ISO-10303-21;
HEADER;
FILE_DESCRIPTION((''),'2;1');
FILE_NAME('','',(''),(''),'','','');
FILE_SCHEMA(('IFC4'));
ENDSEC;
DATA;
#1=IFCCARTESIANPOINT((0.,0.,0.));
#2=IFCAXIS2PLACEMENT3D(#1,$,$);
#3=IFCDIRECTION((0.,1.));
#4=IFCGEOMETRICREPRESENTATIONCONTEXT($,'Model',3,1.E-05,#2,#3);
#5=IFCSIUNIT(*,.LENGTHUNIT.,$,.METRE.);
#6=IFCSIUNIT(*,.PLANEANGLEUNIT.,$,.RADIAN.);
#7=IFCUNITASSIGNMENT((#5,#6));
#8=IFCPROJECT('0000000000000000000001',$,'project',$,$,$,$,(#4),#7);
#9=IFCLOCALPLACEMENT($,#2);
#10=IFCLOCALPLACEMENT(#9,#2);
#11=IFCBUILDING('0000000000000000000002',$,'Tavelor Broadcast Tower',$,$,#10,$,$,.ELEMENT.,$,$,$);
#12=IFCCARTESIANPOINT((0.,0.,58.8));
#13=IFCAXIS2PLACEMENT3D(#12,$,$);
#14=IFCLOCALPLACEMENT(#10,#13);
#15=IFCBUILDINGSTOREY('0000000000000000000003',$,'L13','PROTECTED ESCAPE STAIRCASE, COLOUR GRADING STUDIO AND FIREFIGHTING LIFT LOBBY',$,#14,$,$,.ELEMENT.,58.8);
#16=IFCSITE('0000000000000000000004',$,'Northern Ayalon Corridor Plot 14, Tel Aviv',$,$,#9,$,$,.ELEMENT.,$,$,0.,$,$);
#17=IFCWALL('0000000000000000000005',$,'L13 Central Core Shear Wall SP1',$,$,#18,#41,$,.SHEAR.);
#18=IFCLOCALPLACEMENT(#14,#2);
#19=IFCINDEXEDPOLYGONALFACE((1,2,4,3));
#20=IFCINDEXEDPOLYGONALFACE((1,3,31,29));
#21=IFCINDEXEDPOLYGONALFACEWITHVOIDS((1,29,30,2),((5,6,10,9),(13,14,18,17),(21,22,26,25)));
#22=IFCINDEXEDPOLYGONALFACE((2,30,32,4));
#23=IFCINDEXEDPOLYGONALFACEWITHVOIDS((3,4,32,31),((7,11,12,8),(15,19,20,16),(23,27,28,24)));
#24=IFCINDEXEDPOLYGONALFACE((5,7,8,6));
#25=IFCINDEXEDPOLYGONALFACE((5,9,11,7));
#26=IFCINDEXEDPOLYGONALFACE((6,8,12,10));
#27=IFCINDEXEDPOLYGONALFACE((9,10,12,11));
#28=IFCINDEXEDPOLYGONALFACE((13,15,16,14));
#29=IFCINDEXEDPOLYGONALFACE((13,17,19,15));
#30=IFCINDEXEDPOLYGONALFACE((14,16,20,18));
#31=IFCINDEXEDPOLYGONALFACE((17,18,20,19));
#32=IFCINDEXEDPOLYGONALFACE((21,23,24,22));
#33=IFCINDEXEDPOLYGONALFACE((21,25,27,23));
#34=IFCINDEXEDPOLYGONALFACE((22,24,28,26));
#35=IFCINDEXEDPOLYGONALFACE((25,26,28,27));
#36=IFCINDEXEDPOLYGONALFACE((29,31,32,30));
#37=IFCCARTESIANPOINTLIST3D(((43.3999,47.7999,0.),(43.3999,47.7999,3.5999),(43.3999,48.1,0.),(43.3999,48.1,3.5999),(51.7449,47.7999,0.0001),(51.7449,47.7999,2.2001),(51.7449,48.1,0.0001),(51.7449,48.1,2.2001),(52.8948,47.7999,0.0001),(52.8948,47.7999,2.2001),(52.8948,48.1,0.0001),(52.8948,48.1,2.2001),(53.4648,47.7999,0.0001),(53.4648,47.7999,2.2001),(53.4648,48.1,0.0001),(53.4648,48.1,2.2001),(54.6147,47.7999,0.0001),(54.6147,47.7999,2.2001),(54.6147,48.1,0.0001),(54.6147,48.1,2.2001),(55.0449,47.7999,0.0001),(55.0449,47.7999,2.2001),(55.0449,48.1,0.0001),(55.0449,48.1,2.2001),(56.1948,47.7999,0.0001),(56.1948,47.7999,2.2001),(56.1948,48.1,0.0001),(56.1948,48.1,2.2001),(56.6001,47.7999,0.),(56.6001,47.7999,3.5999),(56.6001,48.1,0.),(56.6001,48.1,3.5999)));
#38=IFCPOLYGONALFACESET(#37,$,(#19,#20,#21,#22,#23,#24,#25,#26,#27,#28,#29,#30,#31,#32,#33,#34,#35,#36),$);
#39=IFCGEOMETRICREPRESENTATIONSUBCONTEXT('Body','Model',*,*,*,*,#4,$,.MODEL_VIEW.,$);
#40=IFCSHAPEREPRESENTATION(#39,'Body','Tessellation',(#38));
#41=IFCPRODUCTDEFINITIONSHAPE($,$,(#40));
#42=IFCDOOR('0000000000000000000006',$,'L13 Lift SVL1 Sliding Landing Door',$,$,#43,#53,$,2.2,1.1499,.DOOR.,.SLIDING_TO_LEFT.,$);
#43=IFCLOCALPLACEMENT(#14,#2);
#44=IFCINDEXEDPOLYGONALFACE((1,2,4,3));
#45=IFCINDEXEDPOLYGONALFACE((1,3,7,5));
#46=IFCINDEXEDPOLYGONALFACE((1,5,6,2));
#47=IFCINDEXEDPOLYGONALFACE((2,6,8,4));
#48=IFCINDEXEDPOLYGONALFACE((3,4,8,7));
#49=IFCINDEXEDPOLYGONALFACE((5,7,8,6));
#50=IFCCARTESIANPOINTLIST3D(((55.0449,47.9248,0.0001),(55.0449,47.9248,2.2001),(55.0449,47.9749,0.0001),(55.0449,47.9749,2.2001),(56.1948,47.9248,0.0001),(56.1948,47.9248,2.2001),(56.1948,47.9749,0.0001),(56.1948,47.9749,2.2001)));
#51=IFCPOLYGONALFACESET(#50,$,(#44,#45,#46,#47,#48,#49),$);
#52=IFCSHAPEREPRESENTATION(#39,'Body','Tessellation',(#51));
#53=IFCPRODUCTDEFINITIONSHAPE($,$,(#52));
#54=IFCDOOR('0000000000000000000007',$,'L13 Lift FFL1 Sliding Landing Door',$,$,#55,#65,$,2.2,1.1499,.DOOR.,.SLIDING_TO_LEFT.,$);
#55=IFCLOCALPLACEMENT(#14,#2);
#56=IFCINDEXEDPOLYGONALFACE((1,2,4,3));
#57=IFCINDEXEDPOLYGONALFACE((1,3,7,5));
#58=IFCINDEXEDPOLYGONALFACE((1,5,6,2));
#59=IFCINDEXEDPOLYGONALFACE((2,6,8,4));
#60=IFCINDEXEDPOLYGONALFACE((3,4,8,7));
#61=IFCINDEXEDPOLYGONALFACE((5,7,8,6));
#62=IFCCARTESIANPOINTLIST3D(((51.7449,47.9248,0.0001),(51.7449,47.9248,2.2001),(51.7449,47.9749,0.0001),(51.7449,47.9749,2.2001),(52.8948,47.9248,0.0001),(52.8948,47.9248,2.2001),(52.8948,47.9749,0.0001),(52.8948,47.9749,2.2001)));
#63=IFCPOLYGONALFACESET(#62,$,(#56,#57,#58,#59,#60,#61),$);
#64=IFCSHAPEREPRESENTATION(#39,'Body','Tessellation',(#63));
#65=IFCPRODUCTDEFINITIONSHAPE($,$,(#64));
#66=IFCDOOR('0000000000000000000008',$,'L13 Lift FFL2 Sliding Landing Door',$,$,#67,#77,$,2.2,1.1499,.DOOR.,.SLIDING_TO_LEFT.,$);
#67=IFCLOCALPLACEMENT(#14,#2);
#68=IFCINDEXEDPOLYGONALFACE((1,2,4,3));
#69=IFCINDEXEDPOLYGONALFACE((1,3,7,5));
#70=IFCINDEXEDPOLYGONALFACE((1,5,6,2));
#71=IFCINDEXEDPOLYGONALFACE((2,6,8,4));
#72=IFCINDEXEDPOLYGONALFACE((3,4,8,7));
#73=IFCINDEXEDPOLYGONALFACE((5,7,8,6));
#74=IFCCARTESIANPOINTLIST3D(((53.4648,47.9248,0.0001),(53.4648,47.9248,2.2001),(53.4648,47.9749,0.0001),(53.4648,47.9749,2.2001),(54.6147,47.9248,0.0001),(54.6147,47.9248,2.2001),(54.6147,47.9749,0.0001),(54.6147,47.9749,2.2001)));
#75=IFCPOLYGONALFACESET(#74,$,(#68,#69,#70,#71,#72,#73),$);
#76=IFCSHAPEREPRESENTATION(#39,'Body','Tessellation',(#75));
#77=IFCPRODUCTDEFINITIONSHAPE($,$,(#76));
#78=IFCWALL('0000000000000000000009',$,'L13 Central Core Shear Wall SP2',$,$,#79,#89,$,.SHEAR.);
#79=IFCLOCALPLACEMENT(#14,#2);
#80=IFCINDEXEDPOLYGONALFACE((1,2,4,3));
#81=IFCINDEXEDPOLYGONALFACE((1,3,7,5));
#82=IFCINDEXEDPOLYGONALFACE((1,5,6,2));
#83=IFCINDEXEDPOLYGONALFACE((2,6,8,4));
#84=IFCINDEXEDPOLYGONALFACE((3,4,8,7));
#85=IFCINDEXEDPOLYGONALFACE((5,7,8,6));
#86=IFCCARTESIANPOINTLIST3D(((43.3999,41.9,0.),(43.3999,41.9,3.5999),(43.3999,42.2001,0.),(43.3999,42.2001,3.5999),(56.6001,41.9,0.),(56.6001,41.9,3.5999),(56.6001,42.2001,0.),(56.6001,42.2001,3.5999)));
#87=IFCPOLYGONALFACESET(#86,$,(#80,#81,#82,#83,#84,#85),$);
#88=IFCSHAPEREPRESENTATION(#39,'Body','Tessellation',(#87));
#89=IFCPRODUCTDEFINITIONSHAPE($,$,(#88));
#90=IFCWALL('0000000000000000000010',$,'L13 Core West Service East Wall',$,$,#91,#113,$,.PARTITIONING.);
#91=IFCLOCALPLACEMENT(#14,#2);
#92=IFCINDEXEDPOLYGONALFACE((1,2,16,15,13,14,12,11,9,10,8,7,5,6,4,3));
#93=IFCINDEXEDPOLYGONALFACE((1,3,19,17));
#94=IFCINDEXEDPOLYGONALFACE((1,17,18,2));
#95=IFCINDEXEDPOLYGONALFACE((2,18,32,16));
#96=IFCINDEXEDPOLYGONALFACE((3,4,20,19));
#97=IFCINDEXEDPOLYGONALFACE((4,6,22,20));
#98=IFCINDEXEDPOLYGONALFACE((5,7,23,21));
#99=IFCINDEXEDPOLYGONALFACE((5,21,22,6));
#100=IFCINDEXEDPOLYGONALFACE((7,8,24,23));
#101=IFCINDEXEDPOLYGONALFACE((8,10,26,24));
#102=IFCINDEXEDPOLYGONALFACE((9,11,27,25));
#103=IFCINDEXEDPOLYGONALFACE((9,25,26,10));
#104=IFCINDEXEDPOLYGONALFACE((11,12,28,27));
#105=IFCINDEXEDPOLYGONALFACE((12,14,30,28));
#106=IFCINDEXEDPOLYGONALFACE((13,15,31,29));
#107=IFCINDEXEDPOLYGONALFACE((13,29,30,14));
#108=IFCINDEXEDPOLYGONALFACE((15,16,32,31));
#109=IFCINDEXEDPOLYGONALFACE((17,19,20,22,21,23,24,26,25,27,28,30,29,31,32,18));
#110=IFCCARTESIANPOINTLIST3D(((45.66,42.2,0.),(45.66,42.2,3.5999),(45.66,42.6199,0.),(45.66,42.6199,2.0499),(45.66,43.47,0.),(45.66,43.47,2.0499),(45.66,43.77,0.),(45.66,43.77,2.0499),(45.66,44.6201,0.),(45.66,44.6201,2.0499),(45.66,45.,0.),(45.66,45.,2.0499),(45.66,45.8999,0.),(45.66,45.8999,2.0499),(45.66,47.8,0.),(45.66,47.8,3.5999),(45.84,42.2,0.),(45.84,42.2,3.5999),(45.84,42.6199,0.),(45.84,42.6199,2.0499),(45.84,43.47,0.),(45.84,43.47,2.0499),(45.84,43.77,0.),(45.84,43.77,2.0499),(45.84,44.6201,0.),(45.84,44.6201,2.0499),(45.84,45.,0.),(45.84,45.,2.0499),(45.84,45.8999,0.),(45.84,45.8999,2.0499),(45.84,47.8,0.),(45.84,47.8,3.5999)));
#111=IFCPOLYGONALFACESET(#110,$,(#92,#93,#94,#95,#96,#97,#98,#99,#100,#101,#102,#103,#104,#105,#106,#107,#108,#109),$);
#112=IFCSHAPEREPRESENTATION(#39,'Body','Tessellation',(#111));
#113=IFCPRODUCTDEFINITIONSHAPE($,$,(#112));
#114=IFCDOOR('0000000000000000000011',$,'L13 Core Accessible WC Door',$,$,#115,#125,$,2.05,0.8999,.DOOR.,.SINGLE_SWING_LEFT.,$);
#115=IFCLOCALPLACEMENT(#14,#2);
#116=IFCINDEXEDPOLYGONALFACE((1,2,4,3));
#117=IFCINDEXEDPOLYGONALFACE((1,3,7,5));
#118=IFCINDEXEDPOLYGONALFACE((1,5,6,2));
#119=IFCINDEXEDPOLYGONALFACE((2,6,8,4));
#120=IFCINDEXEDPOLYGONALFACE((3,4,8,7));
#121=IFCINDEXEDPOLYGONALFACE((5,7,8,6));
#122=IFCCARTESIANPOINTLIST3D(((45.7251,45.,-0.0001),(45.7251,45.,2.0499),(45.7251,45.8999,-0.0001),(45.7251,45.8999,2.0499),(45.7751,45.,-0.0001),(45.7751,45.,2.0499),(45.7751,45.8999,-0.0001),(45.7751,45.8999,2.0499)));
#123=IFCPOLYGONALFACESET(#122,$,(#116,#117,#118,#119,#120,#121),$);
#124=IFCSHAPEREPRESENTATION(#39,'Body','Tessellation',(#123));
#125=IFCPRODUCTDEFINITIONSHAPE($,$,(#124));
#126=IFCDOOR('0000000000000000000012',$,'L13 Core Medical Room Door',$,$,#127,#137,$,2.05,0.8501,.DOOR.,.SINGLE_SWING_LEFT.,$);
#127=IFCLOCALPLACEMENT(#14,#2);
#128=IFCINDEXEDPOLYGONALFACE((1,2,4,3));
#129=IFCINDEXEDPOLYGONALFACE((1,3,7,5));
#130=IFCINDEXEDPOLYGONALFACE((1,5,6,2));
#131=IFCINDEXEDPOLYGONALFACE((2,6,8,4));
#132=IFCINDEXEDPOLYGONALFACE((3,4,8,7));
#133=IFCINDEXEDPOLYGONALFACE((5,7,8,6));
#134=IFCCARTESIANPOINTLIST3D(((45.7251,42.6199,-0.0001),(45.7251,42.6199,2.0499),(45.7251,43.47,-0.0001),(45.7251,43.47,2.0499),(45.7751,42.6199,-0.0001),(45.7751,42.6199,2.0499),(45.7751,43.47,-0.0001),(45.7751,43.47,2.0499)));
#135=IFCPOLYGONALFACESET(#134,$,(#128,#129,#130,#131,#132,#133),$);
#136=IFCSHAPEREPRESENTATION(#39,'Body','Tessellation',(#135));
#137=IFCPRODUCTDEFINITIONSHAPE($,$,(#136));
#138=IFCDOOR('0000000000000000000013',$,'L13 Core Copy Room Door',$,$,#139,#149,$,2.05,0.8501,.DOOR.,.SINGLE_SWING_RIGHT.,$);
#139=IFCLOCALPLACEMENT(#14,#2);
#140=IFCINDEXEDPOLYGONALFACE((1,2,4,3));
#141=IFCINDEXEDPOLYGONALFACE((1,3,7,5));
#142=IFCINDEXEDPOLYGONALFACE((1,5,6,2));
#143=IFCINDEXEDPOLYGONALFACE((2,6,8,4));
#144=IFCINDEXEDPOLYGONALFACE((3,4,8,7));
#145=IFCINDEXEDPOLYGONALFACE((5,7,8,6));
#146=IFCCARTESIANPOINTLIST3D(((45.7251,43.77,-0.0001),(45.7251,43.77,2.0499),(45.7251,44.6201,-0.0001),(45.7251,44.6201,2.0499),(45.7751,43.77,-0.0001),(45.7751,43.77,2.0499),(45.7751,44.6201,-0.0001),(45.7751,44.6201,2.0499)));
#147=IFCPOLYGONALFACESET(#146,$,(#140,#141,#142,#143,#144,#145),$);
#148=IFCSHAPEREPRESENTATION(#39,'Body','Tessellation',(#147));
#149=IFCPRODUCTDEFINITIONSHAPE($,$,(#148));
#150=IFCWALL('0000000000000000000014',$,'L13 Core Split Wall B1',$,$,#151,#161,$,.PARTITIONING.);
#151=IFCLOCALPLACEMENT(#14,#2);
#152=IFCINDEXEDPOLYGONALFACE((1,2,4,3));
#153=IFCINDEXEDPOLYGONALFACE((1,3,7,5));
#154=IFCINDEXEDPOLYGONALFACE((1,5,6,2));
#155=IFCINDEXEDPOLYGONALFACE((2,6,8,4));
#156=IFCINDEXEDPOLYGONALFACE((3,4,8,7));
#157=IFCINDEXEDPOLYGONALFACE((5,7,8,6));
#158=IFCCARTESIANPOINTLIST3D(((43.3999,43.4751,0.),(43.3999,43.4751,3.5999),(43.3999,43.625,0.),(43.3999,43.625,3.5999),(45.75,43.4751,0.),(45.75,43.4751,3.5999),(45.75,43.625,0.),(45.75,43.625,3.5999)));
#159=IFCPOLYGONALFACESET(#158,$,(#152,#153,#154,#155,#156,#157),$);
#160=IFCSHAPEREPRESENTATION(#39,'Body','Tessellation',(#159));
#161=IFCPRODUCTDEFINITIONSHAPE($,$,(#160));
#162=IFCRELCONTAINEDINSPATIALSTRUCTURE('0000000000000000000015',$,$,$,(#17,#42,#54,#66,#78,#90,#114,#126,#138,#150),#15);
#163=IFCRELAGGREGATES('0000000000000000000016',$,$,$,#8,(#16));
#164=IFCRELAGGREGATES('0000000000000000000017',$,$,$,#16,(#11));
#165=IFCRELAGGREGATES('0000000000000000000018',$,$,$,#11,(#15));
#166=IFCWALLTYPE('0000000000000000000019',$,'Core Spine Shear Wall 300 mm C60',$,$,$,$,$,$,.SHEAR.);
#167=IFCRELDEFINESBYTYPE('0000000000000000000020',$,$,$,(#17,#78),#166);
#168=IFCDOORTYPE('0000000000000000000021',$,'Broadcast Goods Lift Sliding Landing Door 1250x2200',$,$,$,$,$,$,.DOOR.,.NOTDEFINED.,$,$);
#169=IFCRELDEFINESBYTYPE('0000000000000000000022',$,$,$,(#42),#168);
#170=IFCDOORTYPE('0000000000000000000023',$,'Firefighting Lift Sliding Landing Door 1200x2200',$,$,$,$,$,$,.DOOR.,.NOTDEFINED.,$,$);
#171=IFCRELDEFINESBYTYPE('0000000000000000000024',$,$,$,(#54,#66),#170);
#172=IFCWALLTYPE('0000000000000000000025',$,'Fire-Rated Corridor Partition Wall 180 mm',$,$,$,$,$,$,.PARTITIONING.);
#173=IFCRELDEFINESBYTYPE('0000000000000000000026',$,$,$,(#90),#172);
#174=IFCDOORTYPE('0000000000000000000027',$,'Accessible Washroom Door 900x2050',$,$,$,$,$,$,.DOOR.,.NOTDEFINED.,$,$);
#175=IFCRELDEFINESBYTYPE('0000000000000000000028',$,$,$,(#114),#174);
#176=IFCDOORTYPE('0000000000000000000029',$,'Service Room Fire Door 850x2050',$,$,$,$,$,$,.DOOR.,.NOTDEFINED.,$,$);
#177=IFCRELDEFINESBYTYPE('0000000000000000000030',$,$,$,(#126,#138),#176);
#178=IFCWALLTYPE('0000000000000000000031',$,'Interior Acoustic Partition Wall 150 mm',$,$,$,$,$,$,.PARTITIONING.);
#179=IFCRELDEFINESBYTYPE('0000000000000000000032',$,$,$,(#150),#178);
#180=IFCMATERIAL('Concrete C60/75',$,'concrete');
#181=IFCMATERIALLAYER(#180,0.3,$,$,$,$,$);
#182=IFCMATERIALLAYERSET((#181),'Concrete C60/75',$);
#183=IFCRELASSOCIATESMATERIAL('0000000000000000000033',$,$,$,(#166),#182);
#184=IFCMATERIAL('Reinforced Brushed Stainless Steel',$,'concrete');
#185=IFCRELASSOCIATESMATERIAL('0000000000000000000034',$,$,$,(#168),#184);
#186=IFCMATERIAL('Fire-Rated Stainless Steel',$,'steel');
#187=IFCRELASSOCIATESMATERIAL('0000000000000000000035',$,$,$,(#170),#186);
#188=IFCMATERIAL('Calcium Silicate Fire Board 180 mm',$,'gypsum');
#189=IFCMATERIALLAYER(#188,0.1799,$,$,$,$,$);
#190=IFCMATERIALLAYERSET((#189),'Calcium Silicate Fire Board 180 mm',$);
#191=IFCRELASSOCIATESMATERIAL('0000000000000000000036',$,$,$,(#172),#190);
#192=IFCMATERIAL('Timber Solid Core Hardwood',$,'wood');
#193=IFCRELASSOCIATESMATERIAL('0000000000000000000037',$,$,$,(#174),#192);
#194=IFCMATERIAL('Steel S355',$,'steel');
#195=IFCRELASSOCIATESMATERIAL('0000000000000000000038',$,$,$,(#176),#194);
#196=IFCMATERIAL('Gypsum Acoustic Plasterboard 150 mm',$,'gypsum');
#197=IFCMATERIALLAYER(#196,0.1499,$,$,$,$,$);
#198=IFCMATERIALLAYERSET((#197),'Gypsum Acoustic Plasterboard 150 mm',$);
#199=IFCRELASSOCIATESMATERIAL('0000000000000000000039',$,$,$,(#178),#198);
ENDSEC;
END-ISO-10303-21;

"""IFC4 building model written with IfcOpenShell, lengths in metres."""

from ifc_helpers import new_model, si_unit, direction, frame, frame_2d, origin, place, context, subcontext, project, spatial, rectangle, extrude, material, layer, layer_set, type_object, element, fill, save


model = new_model("IFC4")

# Units and contexts
model_context = context("Model", 3, precision=1e-05, world=origin(), true_north=direction((0.0, 1.0)))
body_context = subcontext(model_context, "Body", "Model", "MODEL_VIEW")
ifc_project = project(units=[si_unit("LENGTHUNIT", "METRE"), si_unit("PLANEANGLEUNIT", "RADIAN")], contexts=[model_context])

# Site, building, storey
site_placement = place(None, origin())
site = spatial("IfcSite", under=ifc_project, at=site_placement, Name="Northern Ayalon Corridor Plot 14, Tel Aviv", CompositionType="ELEMENT", RefElevation=0.0)
building_placement = place(site_placement, origin())
building = spatial("IfcBuilding", under=site, at=building_placement, Name="Tavelor Broadcast Tower", CompositionType="ELEMENT")
storey_placement = place(building_placement, frame((0.0, 0.0, 58.8)))
storey = spatial("IfcBuildingStorey", under=building, at=storey_placement, Name="L13", Description="PROTECTED ESCAPE STAIRCASE, COLOUR GRADING STUDIO AND FIREFIGHTING LIFT LOBBY", CompositionType="ELEMENT", Elevation=58.8)

# Shared definitions
ifc_material_1 = material(Name="Concrete C60/75", Category="concrete")

# Shared definitions
ifc_material_2 = material(Name="Steel S355", Category="steel")

# Wall, openings, doors
ifc_layer_1 = layer(ifc_material_1, 0.3)
ifc_layer_set_1 = layer_set([ifc_layer_1], Name="Concrete C60/75")
wall_type_1 = type_object("IfcWallType", Name="Core Spine Shear Wall 300 mm C60", PredefinedType="SHEAR", material=ifc_layer_set_1)
wall_1_placement = place(storey_placement, frame((43.3999, 47.95, 0.0), z_axis=(0.0, 0.0, 1.0), x_axis=(1.0, 0.0, 0.0)))
wall_1 = element("IfcWall", 1, at=wall_1_placement, inside=storey, type_object=wall_type_1, Name="L13 Central Core Shear Wall SP1", PredefinedType="SHEAR", context=body_context, shape_type="SweptSolid", body=[
    extrude(rectangle(XDim=13.2002, YDim=0.3, at=frame_2d((6.6001, 0.0))), origin(), (0.0, 0.0, 1.0), 3.5999),
])
opening_1_placement = place(wall_1_placement, frame((8.345, 0.0, 0.0)))
opening_1 = element("IfcOpeningElement", 2, at=opening_1_placement, cuts=wall_1, PredefinedType="OPENING", context=body_context, shape_type="SweptSolid", body=[
    extrude(rectangle(XDim=1.1499, YDim=2.2, at=frame_2d((0.575, 1.1001))), frame((0.0, 0.1602, 0.0), z_axis=(0.0, -1.0, 0.0), x_axis=(1.0, 0.0, 0.0)), (0.0, 0.0, 1.0), 0.3201),
])
opening_2_placement = place(wall_1_placement, frame((10.0649, 0.0, 0.0)))
opening_2 = element("IfcOpeningElement", 3, at=opening_2_placement, cuts=wall_1, PredefinedType="OPENING", context=body_context, shape_type="SweptSolid", body=[
    extrude(rectangle(XDim=1.1499, YDim=2.2, at=frame_2d((0.575, 1.1001))), frame((0.0, 0.1602, 0.0), z_axis=(0.0, -1.0, 0.0), x_axis=(1.0, 0.0, 0.0)), (0.0, 0.0, 1.0), 0.3201),
])
opening_3_placement = place(wall_1_placement, frame((11.645, 0.0, 0.0)))
opening_3 = element("IfcOpeningElement", 4, at=opening_3_placement, cuts=wall_1, PredefinedType="OPENING", context=body_context, shape_type="SweptSolid", body=[
    extrude(rectangle(XDim=1.1499, YDim=2.2, at=frame_2d((0.575, 1.1001))), frame((0.0, 0.1602, 0.0), z_axis=(0.0, -1.0, 0.0), x_axis=(1.0, 0.0, 0.0)), (0.0, 0.0, 1.0), 0.3201),
])
ifc_material_3 = material(Name="Reinforced Brushed Stainless Steel", Category="concrete")
door_type_1 = type_object("IfcDoorType", Name="Broadcast Goods Lift Sliding Landing Door 1250x2200", OperationType="NOTDEFINED", PredefinedType="DOOR", material=ifc_material_3)
door_1_placement = place(opening_3_placement, origin())
door_1 = element("IfcDoor", 5, at=door_1_placement, inside=storey, type_object=door_type_1, Name="L13 Lift SVL1 Sliding Landing Door", OperationType="SLIDING_TO_LEFT", OverallHeight=2.2, OverallWidth=1.1499, PredefinedType="DOOR", context=body_context, shape_type="SweptSolid", body=[
    extrude(rectangle(XDim=1.1499, YDim=2.2, at=frame_2d((0.575, 1.1001))), frame((0.0, 0.0249, 0.0), z_axis=(0.0, -1.0, 0.0), x_axis=(1.0, 0.0, 0.0)), (0.0, 0.0, 1.0), 0.05),
])
fill(opening_3, door_1)
ifc_material_4 = material(Name="Fire-Rated Stainless Steel", Category="steel")
door_type_2 = type_object("IfcDoorType", Name="Firefighting Lift Sliding Landing Door 1200x2200", OperationType="NOTDEFINED", PredefinedType="DOOR", material=ifc_material_4)
door_2_placement = place(opening_1_placement, origin())
door_2 = element("IfcDoor", 6, at=door_2_placement, inside=storey, type_object=door_type_2, Name="L13 Lift FFL1 Sliding Landing Door", OperationType="SLIDING_TO_LEFT", OverallHeight=2.2, OverallWidth=1.1499, PredefinedType="DOOR", context=body_context, shape_type="SweptSolid", body=[
    extrude(rectangle(XDim=1.1499, YDim=2.2, at=frame_2d((0.575, 1.1001))), frame((0.0, 0.0249, 0.0), z_axis=(0.0, -1.0, 0.0), x_axis=(1.0, 0.0, 0.0)), (0.0, 0.0, 1.0), 0.05),
])
fill(opening_1, door_2)
door_3_placement = place(opening_2_placement, origin())
door_3 = element("IfcDoor", 7, at=door_3_placement, inside=storey, type_object=door_type_2, Name="L13 Lift FFL2 Sliding Landing Door", OperationType="SLIDING_TO_LEFT", OverallHeight=2.2, OverallWidth=1.1499, PredefinedType="DOOR", context=body_context, shape_type="SweptSolid", body=[
    extrude(rectangle(XDim=1.1499, YDim=2.2, at=frame_2d((0.575, 1.1001))), frame((0.0, 0.0249, 0.0), z_axis=(0.0, -1.0, 0.0), x_axis=(1.0, 0.0, 0.0)), (0.0, 0.0, 1.0), 0.05),
])
fill(opening_2, door_3)

# Wall
wall_2_placement = place(storey_placement, frame((43.3999, 42.05, 0.0), z_axis=(0.0, 0.0, 1.0), x_axis=(1.0, 0.0, 0.0)))
element("IfcWall", 8, at=wall_2_placement, inside=storey, type_object=wall_type_1, Name="L13 Central Core Shear Wall SP2", PredefinedType="SHEAR", context=body_context, shape_type="SweptSolid", body=[
    extrude(rectangle(XDim=13.2002, YDim=0.3, at=frame_2d((6.6001, 0.0))), origin(), (0.0, 0.0, 1.0), 3.5999),
])

# Wall, openings, doors
ifc_material_5 = material(Name="Calcium Silicate Fire Board 180 mm", Category="gypsum")
ifc_layer_2 = layer(ifc_material_5, 0.1799)
ifc_layer_set_2 = layer_set([ifc_layer_2], Name="Calcium Silicate Fire Board 180 mm")
wall_type_2 = type_object("IfcWallType", Name="Fire-Rated Corridor Partition Wall 180 mm", PredefinedType="PARTITIONING", material=ifc_layer_set_2)
wall_3_placement = place(storey_placement, frame((45.75, 42.2, 0.0), z_axis=(0.0, 0.0, 1.0), x_axis=(0.0, 1.0, 0.0)))
wall_3 = element("IfcWall", 9, at=wall_3_placement, inside=storey, type_object=wall_type_2, Name="L13 Core West Service East Wall", PredefinedType="PARTITIONING", context=body_context, shape_type="SweptSolid", body=[
    extrude(rectangle(XDim=5.6001, YDim=0.1799, at=frame_2d((2.8, 0.0))), origin(), (0.0, 0.0, 1.0), 3.5999),
])
opening_4_placement = place(wall_3_placement, frame((0.4199, 0.0, 0.0)))
opening_4 = element("IfcOpeningElement", 10, at=opening_4_placement, cuts=wall_3, PredefinedType="OPENING", context=body_context, shape_type="SweptSolid", body=[
    extrude(rectangle(XDim=0.8501, YDim=2.05, at=frame_2d((0.425, 1.0249))), frame((0.0, 0.1001, 0.0), z_axis=(0.0, -1.0, 0.0), x_axis=(1.0, 0.0, 0.0)), (0.0, 0.0, 1.0), 0.2),
])
opening_5_placement = place(wall_3_placement, frame((1.5701, 0.0, 0.0)))
opening_5 = element("IfcOpeningElement", 11, at=opening_5_placement, cuts=wall_3, PredefinedType="OPENING", context=body_context, shape_type="SweptSolid", body=[
    extrude(rectangle(XDim=0.8501, YDim=2.05, at=frame_2d((0.425, 1.0249))), frame((0.0, 0.1001, 0.0), z_axis=(0.0, -1.0, 0.0), x_axis=(1.0, 0.0, 0.0)), (0.0, 0.0, 1.0), 0.2),
])
opening_6_placement = place(wall_3_placement, frame((2.8, 0.0, 0.0)))
opening_6 = element("IfcOpeningElement", 12, at=opening_6_placement, cuts=wall_3, PredefinedType="OPENING", context=body_context, shape_type="SweptSolid", body=[
    extrude(rectangle(XDim=0.8999, YDim=2.05, at=frame_2d((0.45, 1.0249))), frame((0.0, 0.1001, 0.0), z_axis=(0.0, -1.0, 0.0), x_axis=(1.0, 0.0, 0.0)), (0.0, 0.0, 1.0), 0.2),
])
ifc_material_6 = material(Name="Timber Solid Core Hardwood", Category="wood")
door_type_3 = type_object("IfcDoorType", Name="Accessible Washroom Door 900x2050", OperationType="NOTDEFINED", PredefinedType="DOOR", material=ifc_material_6)
door_4_placement = place(opening_6_placement, origin())
door_4 = element("IfcDoor", 13, at=door_4_placement, inside=storey, type_object=door_type_3, Name="L13 Core Accessible WC Door", OperationType="SINGLE_SWING_LEFT", OverallHeight=2.05, OverallWidth=0.8999, PredefinedType="DOOR", context=body_context, shape_type="SweptSolid", body=[
    extrude(rectangle(XDim=0.8999, YDim=2.05, at=frame_2d((0.45, 1.0249))), frame((0.0, 0.0249, 0.0), z_axis=(0.0, -1.0, 0.0), x_axis=(1.0, 0.0, 0.0)), (0.0, 0.0, 1.0), 0.05),
])
fill(opening_6, door_4)
door_type_4 = type_object("IfcDoorType", Name="Service Room Fire Door 850x2050", OperationType="NOTDEFINED", PredefinedType="DOOR", material=ifc_material_2)
door_5_placement = place(opening_4_placement, origin())
door_5 = element("IfcDoor", 14, at=door_5_placement, inside=storey, type_object=door_type_4, Name="L13 Core Medical Room Door", OperationType="SINGLE_SWING_LEFT", OverallHeight=2.05, OverallWidth=0.8501, PredefinedType="DOOR", context=body_context, shape_type="SweptSolid", body=[
    extrude(rectangle(XDim=0.8501, YDim=2.05, at=frame_2d((0.425, 1.0249))), frame((0.0, 0.0249, 0.0), z_axis=(0.0, -1.0, 0.0), x_axis=(1.0, 0.0, 0.0)), (0.0, 0.0, 1.0), 0.05),
])
fill(opening_4, door_5)
door_6_placement = place(opening_5_placement, origin())
door_6 = element("IfcDoor", 15, at=door_6_placement, inside=storey, type_object=door_type_4, Name="L13 Core Copy Room Door", OperationType="SINGLE_SWING_RIGHT", OverallHeight=2.05, OverallWidth=0.8501, PredefinedType="DOOR", context=body_context, shape_type="SweptSolid", body=[
    extrude(rectangle(XDim=0.8501, YDim=2.05, at=frame_2d((0.425, 1.0249))), frame((0.0, 0.0249, 0.0), z_axis=(0.0, -1.0, 0.0), x_axis=(1.0, 0.0, 0.0)), (0.0, 0.0, 1.0), 0.05),
])
fill(opening_5, door_6)

# Wall
ifc_material_7 = material(Name="Gypsum Acoustic Plasterboard 150 mm", Category="gypsum")
ifc_layer_3 = layer(ifc_material_7, 0.1499)
ifc_layer_set_3 = layer_set([ifc_layer_3], Name="Gypsum Acoustic Plasterboard 150 mm")
wall_type_3 = type_object("IfcWallType", Name="Interior Acoustic Partition Wall 150 mm", PredefinedType="PARTITIONING", material=ifc_layer_set_3)
for number, where, z_axis, x_axis, name in (
    (16, (43.3999, 43.55, 0.0), (0.0, 0.0, 1.0), (1.0, 0.0, 0.0), "L13 Core Split Wall B1"),
):
    element("IfcWall", number, at=place(storey_placement, frame(where, z_axis=z_axis, x_axis=x_axis)), inside=storey, type_object=wall_type_3, Name=name, PredefinedType="PARTITIONING", context=body_context, shape_type="SweptSolid", body=[
        extrude(rectangle(XDim=2.3501, YDim=0.1499, at=frame_2d((1.175, 0.0))), origin(), (0.0, 0.0, 1.0), 3.5999),
    ])

save(model, "model.ifc")
